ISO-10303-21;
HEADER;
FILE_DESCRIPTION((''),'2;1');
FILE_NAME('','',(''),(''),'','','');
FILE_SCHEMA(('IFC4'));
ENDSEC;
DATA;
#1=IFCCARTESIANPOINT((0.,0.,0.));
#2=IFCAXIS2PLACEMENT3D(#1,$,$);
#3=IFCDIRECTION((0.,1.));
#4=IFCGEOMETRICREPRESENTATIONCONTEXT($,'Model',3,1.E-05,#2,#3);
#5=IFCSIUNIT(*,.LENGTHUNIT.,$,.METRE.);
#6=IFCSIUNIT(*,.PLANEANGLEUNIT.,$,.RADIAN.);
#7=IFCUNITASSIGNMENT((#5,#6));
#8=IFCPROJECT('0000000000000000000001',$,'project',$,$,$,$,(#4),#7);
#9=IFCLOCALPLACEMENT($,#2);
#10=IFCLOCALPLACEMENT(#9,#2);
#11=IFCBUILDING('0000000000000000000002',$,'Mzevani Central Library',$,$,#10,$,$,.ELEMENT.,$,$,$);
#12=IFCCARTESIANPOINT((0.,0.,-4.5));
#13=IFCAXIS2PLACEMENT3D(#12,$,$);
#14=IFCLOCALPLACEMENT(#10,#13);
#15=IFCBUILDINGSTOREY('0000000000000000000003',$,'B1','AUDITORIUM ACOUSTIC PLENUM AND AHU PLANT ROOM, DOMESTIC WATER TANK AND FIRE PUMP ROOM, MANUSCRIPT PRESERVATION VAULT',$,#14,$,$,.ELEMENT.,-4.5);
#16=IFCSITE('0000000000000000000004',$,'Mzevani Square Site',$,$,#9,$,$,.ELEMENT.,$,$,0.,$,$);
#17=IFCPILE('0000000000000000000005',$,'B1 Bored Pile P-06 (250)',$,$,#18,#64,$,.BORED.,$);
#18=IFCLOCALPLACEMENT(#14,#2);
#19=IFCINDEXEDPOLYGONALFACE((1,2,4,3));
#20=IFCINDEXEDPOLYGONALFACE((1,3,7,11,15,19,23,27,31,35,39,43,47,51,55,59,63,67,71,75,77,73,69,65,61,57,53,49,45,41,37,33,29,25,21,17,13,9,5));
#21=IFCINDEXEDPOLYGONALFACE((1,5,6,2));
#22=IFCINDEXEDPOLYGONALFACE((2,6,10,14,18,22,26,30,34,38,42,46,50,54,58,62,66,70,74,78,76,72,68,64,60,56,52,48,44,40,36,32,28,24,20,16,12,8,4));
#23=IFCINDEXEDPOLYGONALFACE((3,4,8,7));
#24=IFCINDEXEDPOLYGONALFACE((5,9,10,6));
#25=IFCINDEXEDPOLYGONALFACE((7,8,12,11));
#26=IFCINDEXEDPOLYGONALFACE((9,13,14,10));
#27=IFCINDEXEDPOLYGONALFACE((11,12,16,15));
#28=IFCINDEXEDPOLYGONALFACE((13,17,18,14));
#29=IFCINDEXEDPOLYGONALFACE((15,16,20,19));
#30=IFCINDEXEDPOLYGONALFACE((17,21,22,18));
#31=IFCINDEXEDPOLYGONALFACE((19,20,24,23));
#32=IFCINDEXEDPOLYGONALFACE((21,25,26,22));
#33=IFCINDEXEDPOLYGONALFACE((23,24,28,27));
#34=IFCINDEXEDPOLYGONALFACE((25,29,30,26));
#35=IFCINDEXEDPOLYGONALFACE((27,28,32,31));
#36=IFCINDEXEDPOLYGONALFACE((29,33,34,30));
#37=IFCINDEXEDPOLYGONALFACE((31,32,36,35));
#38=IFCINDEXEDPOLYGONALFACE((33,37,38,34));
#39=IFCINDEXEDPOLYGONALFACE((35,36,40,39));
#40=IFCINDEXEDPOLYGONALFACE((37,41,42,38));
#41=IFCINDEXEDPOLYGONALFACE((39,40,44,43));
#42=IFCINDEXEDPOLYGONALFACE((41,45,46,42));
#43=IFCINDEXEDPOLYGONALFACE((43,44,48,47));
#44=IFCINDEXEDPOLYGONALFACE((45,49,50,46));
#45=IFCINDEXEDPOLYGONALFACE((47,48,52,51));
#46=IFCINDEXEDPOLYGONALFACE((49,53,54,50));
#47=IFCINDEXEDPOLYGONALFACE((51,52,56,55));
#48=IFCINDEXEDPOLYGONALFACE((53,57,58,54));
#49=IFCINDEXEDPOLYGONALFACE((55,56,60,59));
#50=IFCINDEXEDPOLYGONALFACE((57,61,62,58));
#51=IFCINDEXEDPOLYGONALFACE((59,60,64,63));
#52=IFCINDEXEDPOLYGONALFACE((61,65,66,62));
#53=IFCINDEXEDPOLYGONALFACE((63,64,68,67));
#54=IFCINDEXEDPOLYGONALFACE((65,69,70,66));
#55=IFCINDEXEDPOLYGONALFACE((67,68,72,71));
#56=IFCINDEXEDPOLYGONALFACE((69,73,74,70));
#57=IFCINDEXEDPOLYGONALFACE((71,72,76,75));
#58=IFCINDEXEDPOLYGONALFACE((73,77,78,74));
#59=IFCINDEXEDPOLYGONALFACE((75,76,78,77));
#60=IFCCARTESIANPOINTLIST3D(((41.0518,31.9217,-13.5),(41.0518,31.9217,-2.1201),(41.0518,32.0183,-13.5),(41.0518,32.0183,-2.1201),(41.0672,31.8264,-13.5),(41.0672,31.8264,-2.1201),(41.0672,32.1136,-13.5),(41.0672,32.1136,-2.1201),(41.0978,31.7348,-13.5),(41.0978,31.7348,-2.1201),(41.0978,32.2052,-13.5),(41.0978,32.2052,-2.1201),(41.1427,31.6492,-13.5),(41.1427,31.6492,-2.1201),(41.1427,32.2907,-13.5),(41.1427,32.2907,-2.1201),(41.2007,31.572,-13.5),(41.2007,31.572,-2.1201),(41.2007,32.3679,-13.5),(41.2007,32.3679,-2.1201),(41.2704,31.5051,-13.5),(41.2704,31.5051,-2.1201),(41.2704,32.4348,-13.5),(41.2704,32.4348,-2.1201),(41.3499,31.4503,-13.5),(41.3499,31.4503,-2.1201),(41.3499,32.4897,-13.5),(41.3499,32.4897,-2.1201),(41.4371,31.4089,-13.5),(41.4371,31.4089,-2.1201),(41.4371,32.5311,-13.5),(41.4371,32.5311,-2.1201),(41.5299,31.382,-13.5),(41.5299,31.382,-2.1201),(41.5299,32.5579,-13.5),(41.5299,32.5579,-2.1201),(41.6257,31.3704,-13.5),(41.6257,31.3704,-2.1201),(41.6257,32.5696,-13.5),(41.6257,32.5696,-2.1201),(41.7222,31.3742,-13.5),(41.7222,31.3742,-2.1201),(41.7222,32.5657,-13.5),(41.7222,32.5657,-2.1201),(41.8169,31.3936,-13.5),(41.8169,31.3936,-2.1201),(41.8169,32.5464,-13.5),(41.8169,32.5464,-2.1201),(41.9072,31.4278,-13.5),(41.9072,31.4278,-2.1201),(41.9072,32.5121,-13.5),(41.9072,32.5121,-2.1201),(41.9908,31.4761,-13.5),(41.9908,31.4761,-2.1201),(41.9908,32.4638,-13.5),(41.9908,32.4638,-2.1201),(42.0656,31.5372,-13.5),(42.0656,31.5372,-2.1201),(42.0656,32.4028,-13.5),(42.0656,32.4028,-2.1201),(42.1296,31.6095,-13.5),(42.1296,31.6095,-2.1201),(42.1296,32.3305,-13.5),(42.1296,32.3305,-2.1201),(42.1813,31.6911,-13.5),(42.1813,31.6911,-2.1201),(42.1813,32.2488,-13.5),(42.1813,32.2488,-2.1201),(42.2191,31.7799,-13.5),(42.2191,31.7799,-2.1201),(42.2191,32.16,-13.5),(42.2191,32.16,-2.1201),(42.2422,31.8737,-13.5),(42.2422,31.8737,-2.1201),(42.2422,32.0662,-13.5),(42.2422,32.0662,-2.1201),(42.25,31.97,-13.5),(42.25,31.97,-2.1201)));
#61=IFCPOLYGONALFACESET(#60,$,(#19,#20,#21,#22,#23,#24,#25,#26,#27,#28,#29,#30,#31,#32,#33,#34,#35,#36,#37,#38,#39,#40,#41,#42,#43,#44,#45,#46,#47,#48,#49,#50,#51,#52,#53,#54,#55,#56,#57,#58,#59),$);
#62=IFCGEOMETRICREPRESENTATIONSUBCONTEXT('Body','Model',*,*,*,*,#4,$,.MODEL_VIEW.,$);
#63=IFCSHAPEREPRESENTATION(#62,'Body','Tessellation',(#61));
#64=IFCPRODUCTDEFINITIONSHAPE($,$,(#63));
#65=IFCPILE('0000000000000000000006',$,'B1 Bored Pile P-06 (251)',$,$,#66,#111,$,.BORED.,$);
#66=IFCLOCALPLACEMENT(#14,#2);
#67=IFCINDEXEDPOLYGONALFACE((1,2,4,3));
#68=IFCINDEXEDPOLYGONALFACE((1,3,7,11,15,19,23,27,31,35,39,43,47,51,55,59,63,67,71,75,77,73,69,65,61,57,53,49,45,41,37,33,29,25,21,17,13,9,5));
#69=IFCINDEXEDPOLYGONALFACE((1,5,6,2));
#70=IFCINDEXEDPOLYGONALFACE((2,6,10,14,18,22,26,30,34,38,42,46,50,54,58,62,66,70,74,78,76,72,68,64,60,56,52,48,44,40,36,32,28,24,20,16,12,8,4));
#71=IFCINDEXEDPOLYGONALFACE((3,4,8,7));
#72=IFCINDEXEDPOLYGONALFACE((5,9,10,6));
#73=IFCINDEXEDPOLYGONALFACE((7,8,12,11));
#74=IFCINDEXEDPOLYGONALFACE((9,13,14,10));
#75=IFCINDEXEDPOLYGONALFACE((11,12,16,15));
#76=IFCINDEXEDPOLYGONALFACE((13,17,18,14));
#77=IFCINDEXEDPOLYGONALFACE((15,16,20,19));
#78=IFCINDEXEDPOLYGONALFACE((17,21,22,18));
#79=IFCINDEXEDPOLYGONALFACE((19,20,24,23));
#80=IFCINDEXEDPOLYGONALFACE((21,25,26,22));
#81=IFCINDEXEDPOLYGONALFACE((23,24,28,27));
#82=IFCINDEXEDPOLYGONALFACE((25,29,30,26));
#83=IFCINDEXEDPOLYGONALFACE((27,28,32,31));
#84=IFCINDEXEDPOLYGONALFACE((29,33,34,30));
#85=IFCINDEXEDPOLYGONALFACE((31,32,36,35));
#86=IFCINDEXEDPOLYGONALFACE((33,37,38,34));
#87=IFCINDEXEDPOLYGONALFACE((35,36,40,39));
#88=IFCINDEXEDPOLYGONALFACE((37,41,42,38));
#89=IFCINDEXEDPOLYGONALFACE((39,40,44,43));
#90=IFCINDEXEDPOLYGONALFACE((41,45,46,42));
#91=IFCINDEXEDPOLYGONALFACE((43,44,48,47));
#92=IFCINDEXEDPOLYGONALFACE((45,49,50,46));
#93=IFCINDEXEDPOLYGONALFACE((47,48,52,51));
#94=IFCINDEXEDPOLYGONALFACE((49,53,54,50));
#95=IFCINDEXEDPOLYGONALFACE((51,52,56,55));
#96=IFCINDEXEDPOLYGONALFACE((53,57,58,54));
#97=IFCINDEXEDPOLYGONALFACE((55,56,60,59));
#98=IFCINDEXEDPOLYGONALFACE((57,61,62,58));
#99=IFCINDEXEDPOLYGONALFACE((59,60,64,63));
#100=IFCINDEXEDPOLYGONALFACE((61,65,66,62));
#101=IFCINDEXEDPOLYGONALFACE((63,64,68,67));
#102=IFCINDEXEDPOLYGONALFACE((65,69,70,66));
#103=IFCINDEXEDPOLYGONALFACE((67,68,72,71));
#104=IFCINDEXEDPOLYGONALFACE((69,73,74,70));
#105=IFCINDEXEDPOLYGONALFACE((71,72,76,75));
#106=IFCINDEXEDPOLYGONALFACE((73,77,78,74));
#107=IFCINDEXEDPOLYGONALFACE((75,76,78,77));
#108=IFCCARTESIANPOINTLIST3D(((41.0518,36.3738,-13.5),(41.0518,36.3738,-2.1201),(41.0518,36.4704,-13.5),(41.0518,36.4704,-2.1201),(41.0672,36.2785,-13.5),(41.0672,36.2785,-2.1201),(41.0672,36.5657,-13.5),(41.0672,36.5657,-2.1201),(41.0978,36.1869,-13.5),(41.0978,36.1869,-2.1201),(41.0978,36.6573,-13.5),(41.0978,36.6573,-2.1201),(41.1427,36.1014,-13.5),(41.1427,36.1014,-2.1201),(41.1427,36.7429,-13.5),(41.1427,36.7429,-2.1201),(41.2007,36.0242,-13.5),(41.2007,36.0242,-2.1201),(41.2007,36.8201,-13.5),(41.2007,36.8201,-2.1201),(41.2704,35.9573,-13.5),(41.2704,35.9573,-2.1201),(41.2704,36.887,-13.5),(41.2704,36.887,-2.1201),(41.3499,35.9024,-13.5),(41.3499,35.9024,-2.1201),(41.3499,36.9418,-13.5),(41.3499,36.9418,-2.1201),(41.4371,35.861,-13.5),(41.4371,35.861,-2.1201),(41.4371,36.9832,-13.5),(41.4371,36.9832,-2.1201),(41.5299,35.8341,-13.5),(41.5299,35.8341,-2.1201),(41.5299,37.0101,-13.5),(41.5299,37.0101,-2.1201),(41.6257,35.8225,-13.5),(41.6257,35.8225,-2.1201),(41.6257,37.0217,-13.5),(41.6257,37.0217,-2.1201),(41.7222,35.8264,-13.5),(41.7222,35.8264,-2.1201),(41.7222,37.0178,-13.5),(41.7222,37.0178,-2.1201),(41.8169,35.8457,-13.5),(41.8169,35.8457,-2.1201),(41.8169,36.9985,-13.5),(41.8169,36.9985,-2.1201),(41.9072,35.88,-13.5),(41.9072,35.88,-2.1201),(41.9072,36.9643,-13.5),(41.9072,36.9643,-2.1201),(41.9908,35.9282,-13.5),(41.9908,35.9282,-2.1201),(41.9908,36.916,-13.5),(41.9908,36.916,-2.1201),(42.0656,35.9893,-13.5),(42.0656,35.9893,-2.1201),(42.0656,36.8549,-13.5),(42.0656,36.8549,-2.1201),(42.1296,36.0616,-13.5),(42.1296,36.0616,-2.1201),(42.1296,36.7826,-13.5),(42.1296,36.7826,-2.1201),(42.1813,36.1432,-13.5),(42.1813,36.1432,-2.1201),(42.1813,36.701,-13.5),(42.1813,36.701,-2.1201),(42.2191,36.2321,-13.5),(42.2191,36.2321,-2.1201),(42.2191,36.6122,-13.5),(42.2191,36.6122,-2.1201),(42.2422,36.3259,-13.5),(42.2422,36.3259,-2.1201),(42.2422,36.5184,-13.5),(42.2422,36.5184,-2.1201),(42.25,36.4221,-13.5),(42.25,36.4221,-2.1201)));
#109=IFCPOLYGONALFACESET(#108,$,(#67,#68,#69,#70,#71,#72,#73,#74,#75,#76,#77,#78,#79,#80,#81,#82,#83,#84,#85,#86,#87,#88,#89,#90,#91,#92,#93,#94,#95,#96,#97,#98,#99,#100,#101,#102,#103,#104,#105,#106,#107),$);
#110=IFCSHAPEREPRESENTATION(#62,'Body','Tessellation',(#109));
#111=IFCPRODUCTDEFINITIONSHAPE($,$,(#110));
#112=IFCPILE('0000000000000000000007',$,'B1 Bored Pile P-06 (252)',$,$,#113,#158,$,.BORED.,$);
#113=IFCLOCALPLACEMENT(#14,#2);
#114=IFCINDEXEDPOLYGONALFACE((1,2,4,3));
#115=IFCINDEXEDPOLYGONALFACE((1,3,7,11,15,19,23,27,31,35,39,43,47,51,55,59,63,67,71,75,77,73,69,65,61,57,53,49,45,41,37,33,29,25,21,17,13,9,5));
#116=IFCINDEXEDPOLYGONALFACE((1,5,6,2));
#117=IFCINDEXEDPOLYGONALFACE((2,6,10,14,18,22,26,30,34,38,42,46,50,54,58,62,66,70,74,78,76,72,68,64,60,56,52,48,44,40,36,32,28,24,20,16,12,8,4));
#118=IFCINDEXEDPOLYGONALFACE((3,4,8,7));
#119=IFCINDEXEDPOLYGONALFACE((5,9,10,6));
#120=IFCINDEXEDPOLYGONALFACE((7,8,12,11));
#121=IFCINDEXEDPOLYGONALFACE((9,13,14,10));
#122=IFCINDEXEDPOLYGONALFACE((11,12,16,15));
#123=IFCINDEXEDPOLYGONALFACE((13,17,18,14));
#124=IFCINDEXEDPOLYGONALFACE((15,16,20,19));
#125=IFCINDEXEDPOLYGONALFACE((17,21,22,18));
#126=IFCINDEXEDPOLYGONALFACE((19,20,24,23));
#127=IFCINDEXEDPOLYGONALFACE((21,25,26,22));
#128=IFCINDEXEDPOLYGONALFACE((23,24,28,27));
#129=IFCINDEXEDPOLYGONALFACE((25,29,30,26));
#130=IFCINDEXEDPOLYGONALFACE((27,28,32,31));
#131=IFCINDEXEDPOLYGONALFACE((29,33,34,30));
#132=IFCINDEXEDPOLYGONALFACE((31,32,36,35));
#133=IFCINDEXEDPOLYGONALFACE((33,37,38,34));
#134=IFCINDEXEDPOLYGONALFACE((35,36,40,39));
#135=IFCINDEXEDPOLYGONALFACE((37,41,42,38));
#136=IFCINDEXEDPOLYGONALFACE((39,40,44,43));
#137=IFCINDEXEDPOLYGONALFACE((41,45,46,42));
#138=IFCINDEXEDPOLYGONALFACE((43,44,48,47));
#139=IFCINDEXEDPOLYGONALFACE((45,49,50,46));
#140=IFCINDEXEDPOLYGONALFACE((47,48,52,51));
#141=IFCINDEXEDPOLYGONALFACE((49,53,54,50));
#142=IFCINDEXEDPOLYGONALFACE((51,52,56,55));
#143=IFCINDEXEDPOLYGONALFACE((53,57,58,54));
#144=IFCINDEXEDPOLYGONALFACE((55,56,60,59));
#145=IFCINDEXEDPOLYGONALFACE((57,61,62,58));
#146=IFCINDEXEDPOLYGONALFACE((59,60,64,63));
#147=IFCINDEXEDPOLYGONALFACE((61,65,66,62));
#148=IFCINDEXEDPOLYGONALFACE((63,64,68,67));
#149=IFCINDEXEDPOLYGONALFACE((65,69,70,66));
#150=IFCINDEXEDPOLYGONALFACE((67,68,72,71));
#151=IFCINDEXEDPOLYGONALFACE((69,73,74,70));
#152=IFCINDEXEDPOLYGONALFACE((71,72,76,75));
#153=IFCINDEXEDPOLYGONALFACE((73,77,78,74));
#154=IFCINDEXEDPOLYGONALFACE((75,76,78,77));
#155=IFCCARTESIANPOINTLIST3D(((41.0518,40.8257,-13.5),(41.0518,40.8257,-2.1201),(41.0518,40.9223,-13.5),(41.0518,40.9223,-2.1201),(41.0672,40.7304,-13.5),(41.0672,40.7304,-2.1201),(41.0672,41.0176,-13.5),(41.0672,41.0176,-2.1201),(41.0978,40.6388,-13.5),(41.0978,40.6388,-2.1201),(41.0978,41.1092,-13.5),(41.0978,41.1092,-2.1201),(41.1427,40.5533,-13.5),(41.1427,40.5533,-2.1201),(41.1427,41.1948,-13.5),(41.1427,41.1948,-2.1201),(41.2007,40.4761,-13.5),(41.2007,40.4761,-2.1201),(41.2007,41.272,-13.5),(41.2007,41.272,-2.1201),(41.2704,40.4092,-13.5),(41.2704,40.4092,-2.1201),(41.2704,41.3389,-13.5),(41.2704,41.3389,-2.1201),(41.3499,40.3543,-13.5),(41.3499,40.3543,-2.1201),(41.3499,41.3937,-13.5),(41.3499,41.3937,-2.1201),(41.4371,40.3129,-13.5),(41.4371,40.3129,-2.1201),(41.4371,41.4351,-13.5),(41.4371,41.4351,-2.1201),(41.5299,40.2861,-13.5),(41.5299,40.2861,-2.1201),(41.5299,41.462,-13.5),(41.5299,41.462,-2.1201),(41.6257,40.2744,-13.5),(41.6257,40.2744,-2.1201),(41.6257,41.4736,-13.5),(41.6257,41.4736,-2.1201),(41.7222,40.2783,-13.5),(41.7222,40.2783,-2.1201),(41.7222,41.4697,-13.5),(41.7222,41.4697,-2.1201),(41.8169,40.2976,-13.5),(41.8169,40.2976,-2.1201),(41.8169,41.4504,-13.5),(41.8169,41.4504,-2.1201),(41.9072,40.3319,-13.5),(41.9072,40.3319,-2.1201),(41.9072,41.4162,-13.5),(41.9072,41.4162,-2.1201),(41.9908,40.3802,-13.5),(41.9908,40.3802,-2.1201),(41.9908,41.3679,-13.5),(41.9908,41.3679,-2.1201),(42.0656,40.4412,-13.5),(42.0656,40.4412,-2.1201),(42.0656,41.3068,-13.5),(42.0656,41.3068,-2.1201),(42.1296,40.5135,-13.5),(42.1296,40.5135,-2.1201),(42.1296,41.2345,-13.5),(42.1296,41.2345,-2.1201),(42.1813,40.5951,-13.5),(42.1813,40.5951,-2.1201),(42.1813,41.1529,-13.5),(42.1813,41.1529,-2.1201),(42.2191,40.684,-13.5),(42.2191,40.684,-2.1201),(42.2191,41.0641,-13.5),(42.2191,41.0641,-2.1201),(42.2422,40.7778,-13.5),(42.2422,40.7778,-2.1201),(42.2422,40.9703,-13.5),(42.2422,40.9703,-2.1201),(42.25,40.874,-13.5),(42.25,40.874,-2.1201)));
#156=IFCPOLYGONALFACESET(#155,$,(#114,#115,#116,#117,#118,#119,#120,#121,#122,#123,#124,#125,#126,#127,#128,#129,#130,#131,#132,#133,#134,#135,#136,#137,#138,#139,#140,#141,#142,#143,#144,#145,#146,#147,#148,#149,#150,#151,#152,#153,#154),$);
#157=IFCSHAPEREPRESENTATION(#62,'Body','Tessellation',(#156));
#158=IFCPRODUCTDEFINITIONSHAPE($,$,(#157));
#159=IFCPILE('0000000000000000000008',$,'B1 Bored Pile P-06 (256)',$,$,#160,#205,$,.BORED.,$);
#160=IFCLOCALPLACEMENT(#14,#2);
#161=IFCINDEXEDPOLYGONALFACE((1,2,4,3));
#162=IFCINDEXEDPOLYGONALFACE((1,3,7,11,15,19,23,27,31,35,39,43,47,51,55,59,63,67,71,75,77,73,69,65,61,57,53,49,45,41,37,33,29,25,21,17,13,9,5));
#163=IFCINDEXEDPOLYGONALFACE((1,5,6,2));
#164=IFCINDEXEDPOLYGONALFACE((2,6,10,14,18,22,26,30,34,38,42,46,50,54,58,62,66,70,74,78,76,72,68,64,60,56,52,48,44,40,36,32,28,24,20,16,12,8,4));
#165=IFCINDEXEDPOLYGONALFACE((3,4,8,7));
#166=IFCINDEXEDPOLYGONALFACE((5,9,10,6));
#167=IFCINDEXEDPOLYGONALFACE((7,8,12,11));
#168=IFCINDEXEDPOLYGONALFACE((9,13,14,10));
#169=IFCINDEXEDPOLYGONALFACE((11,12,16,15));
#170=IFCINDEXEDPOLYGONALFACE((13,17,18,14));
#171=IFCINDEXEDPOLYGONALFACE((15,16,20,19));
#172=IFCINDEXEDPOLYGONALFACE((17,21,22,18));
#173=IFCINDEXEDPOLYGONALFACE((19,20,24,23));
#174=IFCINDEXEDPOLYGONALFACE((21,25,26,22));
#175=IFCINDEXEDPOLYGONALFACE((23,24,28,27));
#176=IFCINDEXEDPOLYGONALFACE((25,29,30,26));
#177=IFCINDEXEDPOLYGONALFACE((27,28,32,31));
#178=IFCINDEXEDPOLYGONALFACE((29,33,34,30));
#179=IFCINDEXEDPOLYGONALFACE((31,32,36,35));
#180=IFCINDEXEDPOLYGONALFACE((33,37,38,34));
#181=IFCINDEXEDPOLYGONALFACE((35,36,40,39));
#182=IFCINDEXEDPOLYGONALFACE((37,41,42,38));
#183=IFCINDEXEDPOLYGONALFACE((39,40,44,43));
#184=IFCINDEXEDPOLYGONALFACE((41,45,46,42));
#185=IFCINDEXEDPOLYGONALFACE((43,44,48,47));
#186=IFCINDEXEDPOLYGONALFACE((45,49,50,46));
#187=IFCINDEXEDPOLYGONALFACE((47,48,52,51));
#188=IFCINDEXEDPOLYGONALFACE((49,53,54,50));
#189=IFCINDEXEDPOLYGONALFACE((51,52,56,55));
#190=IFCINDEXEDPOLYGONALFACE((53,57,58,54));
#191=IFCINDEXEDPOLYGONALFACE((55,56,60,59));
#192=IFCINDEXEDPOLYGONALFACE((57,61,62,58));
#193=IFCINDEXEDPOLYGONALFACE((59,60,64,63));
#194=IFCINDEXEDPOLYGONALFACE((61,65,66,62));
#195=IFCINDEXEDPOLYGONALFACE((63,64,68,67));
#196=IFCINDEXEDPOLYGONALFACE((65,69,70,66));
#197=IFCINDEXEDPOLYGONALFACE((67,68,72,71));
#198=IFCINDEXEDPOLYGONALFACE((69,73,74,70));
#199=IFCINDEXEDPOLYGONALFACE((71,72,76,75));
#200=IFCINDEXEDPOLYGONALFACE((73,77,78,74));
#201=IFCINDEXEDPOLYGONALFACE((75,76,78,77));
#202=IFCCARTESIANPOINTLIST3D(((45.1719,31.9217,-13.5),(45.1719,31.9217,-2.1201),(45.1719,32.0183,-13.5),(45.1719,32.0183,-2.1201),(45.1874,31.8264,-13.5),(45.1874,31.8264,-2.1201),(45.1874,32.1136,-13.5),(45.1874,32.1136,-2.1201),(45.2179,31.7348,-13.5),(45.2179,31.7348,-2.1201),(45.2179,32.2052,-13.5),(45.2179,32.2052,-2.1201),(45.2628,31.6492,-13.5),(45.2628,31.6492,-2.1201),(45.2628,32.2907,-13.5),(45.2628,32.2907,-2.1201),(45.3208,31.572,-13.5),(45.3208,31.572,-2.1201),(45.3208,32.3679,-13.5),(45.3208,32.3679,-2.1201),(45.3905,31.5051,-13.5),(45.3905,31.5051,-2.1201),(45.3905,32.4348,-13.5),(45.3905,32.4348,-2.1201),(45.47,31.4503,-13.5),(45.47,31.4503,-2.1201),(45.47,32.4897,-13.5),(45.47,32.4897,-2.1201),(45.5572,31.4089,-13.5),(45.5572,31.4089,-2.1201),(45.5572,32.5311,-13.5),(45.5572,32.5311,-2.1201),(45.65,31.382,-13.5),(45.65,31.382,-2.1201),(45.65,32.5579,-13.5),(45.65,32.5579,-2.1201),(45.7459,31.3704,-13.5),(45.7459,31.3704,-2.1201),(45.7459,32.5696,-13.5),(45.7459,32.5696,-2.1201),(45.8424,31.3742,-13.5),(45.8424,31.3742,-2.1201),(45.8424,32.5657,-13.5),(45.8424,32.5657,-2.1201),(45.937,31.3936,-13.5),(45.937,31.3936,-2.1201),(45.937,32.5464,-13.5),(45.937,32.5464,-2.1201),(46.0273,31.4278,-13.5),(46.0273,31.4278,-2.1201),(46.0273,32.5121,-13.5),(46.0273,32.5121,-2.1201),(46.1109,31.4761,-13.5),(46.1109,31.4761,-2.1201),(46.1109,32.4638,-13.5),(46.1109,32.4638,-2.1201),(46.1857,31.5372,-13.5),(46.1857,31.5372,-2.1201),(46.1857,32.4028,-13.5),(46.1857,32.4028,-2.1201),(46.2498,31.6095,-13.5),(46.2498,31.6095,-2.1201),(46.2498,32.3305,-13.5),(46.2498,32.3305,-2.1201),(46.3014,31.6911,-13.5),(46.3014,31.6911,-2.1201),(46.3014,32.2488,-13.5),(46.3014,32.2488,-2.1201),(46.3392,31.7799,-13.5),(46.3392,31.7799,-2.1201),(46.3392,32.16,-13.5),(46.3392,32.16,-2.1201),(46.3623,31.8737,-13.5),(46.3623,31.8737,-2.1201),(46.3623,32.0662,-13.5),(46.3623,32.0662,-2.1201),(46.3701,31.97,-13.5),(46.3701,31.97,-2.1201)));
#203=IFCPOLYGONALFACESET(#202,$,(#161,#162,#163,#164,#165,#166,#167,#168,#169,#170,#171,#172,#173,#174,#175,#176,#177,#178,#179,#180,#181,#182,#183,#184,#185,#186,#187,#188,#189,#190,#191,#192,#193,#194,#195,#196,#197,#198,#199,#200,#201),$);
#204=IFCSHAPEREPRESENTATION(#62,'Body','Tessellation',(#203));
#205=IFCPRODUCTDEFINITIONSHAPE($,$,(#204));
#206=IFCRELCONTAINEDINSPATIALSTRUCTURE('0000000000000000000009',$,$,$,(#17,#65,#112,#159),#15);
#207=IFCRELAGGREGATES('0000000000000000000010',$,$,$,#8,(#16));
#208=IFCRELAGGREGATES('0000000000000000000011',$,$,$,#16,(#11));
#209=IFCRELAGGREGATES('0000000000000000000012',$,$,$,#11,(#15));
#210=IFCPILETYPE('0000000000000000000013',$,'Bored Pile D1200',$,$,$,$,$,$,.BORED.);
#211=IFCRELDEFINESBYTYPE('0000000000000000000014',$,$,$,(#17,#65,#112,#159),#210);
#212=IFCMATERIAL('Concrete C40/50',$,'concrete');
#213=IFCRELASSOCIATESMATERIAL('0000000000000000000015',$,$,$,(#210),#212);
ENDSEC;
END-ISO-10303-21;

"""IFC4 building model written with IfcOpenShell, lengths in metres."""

from ifc_helpers import new_model, si_unit, direction, frame, origin, origin_2d, place, context, subcontext, project, spatial, circle, extrude, material, material_profile, profile_set, type_object, element, save


model = new_model("IFC4")

# Units and contexts
model_context = context("Model", 3, precision=1e-05, world=origin(), true_north=direction((0.0, 1.0)))
body_context = subcontext(model_context, "Body", "Model", "MODEL_VIEW")
ifc_project = project(units=[si_unit("LENGTHUNIT", "METRE"), si_unit("PLANEANGLEUNIT", "RADIAN")], contexts=[model_context])

# Site, building, storey
site_placement = place(None, origin())
site = spatial("IfcSite", under=ifc_project, at=site_placement, Name="Mzevani Square Site", CompositionType="ELEMENT", RefElevation=0.0)
building_placement = place(site_placement, origin())
building = spatial("IfcBuilding", under=site, at=building_placement, Name="Mzevani Central Library", CompositionType="ELEMENT")
storey_placement = place(building_placement, frame((0.0, 0.0, -4.5)))
storey = spatial("IfcBuildingStorey", under=building, at=storey_placement, Name="B1", Description="AUDITORIUM ACOUSTIC PLENUM AND AHU PLANT ROOM, DOMESTIC WATER TANK AND FIRE PUMP ROOM, MANUSCRIPT PRESERVATION VAULT", CompositionType="ELEMENT", Elevation=-4.5)

# Piles
ifc_material_1 = material(Name="Concrete C40/50", Category="concrete")
ifc_material_profile_1 = material_profile(ifc_material_1, circle(Radius=0.6001, at=origin_2d()), Name="PILE D1200")
ifc_profile_set_1 = profile_set([ifc_material_profile_1], Name="Concrete C40/50")
pile_type = type_object("IfcPileType", Name="Bored Pile D1200", PredefinedType="BORED", material=ifc_profile_set_1)
for number, where, z_axis, x_axis, name in (
    (1, (41.6499, 31.97, -2.1201), (0.0, 0.0, -1.0), (1.0, 0.0, 0.0), "B1 Bored Pile P-06 (250)"),
    (2, (41.6499, 36.4221, -2.1201), (0.0, 0.0, -1.0), (1.0, 0.0, 0.0), "B1 Bored Pile P-06 (251)"),
    (3, (41.6499, 40.874, -2.1201), (0.0, 0.0, -1.0), (1.0, 0.0, 0.0), "B1 Bored Pile P-06 (252)"),
    (4, (45.77, 31.97, -2.1201), (0.0, 0.0, -1.0), (1.0, 0.0, 0.0), "B1 Bored Pile P-06 (256)"),
):
    element("IfcPile", number, at=place(storey_placement, frame(where, z_axis=z_axis, x_axis=x_axis)), inside=storey, type_object=pile_type, Name=name, PredefinedType="BORED", context=body_context, shape_type="SweptSolid", body=[
        extrude(circle(Radius=0.6001, at=origin_2d()), origin(), (0.0, 0.0, 1.0), 11.3799),
    ])

save(model, "model.ifc")
